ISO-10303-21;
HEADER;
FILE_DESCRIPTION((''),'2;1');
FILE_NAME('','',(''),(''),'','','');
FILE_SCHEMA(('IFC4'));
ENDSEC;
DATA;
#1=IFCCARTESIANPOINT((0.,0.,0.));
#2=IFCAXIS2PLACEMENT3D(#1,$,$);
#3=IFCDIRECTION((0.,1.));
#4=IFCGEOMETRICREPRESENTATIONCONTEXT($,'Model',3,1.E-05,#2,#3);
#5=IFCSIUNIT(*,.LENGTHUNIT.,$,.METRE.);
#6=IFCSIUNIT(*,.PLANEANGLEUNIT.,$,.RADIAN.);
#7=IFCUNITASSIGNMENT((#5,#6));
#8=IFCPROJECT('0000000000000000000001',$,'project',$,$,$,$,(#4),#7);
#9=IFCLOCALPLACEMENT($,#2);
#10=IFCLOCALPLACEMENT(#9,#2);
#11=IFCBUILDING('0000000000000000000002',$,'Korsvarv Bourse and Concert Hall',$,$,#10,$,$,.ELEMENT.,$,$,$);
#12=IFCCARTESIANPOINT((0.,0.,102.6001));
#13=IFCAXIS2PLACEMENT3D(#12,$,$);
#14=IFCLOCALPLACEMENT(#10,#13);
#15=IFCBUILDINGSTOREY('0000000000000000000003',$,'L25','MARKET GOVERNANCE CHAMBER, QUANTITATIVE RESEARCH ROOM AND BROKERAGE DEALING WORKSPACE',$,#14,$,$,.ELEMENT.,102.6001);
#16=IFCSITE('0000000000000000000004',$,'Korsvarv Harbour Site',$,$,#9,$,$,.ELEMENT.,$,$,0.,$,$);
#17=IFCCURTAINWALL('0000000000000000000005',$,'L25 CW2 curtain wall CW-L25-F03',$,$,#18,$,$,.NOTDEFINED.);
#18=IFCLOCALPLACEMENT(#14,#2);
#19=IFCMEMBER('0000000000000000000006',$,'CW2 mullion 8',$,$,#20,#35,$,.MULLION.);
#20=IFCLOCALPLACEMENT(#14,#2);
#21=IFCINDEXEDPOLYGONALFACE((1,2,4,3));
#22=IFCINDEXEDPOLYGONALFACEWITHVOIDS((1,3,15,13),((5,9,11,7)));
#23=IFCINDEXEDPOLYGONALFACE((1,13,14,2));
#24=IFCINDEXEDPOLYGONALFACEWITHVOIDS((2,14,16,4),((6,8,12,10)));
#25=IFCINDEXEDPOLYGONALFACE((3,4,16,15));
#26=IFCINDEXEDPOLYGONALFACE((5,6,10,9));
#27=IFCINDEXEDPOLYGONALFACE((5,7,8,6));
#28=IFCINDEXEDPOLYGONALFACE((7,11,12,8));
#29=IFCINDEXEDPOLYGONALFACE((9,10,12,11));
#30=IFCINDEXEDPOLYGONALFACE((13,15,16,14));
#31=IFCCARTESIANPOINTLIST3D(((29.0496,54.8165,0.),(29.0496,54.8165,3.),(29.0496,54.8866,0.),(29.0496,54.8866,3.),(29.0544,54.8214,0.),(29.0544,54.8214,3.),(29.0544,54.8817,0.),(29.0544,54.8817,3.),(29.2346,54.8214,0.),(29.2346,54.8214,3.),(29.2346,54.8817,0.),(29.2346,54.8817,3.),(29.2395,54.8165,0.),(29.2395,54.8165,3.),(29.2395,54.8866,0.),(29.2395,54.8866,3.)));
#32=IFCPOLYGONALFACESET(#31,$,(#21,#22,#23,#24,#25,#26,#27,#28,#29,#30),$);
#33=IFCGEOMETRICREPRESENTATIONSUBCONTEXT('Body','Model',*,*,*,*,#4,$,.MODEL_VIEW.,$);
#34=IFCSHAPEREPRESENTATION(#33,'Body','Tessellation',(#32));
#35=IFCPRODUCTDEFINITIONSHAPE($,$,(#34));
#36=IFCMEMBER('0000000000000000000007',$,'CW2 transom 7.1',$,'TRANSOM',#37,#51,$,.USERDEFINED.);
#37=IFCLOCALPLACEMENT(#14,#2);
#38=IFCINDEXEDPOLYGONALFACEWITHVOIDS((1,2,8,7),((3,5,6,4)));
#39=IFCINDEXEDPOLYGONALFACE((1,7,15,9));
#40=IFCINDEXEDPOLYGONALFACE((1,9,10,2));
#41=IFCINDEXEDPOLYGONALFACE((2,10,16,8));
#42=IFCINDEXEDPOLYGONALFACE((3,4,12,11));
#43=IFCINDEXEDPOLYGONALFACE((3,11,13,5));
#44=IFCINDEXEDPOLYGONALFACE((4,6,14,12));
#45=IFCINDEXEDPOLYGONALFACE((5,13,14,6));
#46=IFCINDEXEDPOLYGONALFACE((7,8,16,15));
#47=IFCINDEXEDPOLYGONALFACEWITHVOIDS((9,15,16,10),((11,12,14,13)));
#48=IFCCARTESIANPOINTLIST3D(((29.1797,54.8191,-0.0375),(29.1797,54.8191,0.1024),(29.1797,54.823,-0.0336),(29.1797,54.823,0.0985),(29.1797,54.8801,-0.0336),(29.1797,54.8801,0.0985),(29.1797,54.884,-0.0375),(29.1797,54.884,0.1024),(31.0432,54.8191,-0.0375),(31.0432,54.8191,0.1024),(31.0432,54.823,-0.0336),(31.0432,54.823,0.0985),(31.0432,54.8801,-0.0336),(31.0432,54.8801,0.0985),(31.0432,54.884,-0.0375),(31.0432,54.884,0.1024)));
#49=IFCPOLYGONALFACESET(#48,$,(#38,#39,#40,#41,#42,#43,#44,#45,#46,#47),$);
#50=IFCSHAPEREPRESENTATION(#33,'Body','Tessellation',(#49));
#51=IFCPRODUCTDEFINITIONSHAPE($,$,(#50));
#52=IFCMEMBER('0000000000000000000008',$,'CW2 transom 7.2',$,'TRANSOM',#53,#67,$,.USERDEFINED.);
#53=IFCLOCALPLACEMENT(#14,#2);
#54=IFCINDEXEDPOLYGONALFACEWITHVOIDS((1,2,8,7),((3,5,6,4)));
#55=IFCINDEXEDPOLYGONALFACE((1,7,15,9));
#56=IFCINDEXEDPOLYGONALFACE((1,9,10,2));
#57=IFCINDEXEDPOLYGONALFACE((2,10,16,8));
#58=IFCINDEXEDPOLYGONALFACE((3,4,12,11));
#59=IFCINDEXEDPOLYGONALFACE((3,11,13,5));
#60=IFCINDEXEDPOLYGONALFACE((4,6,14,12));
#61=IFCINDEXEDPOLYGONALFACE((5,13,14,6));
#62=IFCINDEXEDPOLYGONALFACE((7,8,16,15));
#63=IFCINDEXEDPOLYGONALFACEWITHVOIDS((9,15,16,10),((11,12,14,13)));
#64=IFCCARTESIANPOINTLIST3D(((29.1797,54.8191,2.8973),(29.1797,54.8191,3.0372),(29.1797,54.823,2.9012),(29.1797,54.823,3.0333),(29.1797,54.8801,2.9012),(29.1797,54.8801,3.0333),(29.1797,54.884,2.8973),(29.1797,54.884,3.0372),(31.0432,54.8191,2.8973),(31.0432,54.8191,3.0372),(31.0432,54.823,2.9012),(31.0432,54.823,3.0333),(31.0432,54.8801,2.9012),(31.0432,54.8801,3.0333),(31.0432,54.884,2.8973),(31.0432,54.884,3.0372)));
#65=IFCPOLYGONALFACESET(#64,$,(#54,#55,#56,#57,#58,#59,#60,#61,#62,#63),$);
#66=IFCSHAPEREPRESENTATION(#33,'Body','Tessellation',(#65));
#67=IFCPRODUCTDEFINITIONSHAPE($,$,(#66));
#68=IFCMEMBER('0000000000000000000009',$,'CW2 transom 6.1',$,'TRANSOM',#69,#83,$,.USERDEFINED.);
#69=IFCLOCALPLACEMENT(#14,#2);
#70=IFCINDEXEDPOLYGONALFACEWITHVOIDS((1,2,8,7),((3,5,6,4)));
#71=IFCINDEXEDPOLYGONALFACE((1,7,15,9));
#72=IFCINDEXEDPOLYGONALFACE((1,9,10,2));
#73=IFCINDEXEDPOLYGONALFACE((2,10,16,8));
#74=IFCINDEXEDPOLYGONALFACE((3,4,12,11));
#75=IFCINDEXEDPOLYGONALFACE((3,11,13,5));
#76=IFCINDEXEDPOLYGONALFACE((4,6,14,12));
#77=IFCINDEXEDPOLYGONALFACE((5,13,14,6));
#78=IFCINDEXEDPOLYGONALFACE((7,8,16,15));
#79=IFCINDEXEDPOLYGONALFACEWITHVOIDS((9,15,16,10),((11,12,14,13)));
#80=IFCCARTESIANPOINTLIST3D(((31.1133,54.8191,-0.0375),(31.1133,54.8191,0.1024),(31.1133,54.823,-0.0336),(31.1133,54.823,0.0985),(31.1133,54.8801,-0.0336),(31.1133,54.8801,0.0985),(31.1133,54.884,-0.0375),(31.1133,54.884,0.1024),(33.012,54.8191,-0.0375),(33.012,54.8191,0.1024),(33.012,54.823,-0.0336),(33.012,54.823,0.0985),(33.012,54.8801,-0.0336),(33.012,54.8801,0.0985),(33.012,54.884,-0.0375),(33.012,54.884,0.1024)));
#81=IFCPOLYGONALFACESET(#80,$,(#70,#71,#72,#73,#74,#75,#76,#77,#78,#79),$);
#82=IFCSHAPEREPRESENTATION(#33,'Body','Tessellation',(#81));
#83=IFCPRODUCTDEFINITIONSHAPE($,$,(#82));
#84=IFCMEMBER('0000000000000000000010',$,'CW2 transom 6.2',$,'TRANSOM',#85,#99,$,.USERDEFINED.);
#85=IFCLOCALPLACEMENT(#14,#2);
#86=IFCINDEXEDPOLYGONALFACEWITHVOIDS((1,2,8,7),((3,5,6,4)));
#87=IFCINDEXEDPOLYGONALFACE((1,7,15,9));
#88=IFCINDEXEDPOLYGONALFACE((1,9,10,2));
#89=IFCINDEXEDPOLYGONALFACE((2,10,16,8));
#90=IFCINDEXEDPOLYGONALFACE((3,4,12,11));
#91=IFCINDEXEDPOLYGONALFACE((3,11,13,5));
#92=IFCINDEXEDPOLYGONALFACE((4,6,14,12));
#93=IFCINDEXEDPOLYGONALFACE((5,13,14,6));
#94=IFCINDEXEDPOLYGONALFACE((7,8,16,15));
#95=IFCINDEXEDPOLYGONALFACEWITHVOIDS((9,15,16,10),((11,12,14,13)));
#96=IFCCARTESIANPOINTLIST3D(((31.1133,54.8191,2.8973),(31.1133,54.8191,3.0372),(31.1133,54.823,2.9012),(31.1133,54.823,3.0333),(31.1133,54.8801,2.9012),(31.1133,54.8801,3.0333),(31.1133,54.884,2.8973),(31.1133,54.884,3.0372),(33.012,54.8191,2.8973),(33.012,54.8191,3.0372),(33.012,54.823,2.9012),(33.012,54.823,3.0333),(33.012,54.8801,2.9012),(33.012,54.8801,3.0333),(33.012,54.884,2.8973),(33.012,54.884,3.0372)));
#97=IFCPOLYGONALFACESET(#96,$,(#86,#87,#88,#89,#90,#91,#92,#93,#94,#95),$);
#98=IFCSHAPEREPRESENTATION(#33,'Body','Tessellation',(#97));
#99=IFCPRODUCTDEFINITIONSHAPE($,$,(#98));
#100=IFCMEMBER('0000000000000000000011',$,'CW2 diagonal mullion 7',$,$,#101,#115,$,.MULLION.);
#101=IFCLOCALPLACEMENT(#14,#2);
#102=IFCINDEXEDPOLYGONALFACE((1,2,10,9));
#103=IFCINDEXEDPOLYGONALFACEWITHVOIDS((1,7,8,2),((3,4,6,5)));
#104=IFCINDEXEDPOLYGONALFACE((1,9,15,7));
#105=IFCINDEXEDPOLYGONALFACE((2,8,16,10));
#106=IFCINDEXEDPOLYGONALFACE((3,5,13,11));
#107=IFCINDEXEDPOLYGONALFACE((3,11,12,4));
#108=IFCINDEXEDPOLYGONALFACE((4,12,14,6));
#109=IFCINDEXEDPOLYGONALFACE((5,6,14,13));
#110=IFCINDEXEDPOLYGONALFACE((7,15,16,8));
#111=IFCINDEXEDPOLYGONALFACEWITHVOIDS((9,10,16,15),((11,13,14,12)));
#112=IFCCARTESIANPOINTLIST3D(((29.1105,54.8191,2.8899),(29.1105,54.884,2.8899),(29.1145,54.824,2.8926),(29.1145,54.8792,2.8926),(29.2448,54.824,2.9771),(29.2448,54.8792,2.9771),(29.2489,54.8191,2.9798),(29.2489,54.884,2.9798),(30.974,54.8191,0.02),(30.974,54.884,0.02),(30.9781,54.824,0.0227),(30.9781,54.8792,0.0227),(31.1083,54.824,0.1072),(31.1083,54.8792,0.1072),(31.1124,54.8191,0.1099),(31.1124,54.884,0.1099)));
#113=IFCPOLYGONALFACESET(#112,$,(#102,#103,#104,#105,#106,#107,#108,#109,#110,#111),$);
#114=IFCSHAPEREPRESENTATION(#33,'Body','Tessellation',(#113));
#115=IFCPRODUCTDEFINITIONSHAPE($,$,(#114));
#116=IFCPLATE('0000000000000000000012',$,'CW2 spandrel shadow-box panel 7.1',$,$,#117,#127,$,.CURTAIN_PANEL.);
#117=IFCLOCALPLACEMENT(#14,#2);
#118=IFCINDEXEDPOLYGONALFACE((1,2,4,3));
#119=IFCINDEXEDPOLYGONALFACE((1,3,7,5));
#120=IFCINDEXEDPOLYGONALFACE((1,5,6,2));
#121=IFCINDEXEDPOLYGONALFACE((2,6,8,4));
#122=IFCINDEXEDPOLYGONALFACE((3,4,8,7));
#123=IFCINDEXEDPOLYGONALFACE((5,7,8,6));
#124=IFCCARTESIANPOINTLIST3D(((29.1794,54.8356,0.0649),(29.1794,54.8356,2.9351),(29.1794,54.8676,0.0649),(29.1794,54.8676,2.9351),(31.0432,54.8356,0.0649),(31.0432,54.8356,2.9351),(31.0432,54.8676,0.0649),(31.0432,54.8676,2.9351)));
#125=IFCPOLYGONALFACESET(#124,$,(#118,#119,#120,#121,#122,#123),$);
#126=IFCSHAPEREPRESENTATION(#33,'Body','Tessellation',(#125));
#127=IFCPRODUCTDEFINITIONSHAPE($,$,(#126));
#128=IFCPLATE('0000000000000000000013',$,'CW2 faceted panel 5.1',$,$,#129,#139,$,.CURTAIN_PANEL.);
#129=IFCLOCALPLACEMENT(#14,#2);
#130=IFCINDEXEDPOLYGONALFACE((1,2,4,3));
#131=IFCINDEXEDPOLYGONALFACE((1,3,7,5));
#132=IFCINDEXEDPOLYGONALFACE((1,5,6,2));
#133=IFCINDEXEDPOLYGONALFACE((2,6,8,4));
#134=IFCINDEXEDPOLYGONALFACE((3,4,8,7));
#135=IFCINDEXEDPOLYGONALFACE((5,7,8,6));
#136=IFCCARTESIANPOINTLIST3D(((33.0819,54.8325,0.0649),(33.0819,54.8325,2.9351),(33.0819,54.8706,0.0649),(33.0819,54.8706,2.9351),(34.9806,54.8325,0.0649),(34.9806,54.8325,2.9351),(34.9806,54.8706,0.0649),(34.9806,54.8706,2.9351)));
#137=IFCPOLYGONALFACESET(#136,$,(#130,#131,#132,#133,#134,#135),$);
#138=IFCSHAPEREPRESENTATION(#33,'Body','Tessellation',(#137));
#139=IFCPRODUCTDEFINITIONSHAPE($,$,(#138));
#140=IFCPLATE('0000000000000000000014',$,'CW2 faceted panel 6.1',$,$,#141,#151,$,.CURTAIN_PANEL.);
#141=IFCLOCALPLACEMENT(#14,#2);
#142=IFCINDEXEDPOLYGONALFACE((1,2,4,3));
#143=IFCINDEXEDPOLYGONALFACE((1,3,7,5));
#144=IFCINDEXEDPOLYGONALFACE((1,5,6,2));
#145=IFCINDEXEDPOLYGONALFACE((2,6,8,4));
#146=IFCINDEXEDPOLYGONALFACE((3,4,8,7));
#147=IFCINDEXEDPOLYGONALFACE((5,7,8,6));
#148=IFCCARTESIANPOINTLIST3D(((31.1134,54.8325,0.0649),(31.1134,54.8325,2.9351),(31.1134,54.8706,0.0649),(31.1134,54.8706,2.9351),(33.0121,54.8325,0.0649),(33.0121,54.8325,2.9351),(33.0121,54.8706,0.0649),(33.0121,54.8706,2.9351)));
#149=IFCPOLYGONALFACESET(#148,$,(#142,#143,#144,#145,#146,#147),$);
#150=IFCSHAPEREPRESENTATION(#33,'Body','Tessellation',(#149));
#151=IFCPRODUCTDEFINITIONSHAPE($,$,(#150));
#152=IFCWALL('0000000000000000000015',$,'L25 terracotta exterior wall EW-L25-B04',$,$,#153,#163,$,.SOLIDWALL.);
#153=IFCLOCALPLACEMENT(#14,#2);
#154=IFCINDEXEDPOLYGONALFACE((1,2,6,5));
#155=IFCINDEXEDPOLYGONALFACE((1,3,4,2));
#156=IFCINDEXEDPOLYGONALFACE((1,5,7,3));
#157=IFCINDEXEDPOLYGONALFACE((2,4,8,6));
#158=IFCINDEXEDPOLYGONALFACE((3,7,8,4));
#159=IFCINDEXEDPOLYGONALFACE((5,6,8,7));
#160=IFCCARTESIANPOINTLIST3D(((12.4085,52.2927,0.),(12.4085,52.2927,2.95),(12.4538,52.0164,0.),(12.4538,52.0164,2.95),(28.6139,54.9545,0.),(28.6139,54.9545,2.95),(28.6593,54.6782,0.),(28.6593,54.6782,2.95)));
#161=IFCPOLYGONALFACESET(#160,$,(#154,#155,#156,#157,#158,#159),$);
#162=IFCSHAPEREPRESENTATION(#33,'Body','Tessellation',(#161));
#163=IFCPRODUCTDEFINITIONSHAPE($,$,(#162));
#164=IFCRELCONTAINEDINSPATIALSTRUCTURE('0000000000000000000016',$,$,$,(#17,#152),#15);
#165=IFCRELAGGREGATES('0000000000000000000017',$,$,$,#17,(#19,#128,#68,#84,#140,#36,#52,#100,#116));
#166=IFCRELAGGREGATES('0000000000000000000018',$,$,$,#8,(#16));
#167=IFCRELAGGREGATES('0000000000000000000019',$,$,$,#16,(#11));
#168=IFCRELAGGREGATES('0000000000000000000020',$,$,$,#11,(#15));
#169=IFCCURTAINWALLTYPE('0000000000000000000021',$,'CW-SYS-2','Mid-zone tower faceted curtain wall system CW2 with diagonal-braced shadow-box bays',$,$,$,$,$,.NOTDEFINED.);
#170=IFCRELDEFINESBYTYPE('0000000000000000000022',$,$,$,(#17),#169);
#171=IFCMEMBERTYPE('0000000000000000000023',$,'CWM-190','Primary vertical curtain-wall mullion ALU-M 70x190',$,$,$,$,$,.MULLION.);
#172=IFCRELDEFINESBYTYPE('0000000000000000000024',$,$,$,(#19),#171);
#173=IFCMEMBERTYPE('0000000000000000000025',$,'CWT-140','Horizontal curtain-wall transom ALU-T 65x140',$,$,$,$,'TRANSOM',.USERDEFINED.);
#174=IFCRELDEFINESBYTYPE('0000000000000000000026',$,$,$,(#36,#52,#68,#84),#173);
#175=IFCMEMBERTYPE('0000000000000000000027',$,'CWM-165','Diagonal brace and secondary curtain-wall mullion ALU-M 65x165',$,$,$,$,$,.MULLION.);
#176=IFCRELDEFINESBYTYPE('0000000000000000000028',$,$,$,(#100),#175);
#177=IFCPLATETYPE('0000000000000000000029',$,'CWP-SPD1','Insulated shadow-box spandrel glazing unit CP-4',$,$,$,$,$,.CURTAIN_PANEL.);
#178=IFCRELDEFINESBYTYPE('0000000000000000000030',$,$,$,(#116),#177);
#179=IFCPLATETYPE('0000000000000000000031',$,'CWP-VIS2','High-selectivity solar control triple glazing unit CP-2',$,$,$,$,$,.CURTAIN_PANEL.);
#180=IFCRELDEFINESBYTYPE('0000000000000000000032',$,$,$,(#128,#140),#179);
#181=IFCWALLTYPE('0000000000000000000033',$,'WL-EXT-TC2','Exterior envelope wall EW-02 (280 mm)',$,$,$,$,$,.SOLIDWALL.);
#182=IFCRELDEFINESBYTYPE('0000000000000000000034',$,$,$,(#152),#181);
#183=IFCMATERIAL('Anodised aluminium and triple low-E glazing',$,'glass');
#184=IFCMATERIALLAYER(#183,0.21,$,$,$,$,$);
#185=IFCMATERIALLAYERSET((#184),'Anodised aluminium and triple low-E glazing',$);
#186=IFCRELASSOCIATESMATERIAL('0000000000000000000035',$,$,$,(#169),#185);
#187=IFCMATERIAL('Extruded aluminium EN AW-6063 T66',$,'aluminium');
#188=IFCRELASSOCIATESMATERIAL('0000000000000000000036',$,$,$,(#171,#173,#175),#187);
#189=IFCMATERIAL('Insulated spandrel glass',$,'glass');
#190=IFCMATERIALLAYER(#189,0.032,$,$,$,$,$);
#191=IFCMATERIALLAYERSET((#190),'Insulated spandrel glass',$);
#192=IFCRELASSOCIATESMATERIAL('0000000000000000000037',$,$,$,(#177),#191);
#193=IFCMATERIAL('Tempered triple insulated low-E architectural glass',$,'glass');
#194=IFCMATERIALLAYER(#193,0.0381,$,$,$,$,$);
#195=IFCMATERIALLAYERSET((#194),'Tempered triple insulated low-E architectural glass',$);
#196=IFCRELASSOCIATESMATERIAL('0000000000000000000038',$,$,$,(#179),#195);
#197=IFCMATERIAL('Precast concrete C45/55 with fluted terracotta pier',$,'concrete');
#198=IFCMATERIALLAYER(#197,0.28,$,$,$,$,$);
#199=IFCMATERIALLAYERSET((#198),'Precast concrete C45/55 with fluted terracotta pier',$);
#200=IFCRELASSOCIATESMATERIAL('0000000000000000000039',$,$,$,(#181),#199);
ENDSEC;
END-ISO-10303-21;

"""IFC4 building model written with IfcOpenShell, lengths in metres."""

from ifc_helpers import new_model, si_unit, direction, frame, frame_2d, origin, origin_2d, place, context, subcontext, project, spatial, rectangle, hollow_rectangle, extrude, source, transform, mapped, material, layer, layer_set, material_profile, profile_set, type_object, element, aggregate, save


model = new_model("IFC4")

# Units and contexts
model_context = context("Model", 3, precision=1e-05, world=origin(), true_north=direction((0.0, 1.0)))
body_context = subcontext(model_context, "Body", "Model", "MODEL_VIEW")
ifc_project = project(units=[si_unit("LENGTHUNIT", "METRE"), si_unit("PLANEANGLEUNIT", "RADIAN")], contexts=[model_context])

# Site, building, storey
site_placement = place(None, origin())
site = spatial("IfcSite", under=ifc_project, at=site_placement, Name="Korsvarv Harbour Site", CompositionType="ELEMENT", RefElevation=0.0)
building_placement = place(site_placement, origin())
building = spatial("IfcBuilding", under=site, at=building_placement, Name="Korsvarv Bourse and Concert Hall", CompositionType="ELEMENT")
storey_placement = place(building_placement, frame((0.0, 0.0, 102.6001)))
storey = spatial("IfcBuildingStorey", under=building, at=storey_placement, Name="L25", Description="MARKET GOVERNANCE CHAMBER, QUANTITATIVE RESEARCH ROOM AND BROKERAGE DEALING WORKSPACE", CompositionType="ELEMENT", Elevation=102.6001)

# Curtain wall, members, plates
ifc_material_1 = material(Name="Anodised aluminium and triple low-E glazing", Category="glass")
ifc_layer_1 = layer(ifc_material_1, 0.21)
ifc_layer_set_1 = layer_set([ifc_layer_1], Name="Anodised aluminium and triple low-E glazing")
curtain_wall_type = type_object("IfcCurtainWallType", Name="CW-SYS-2", Description="Mid-zone tower faceted curtain wall system CW2 with diagonal-braced shadow-box bays", PredefinedType="NOTDEFINED", material=ifc_layer_set_1)
curtain_wall_placement = place(storey_placement, origin())
curtain_wall = element("IfcCurtainWall", 1, at=curtain_wall_placement, inside=storey, type_object=curtain_wall_type, Name="L25 CW2 curtain wall CW-L25-F03", PredefinedType="NOTDEFINED")
ifc_material_2 = material(Name="Extruded aluminium EN AW-6063 T66", Category="aluminium")
ifc_material_profile_1 = material_profile(ifc_material_2, hollow_rectangle(XDim=0.0701, YDim=0.1899, WallThickness=0.0049, at=origin_2d()), Name="ALU-M 70x190")
ifc_profile_set_1 = profile_set([ifc_material_profile_1], Name="Extruded aluminium EN AW-6063 T66")
member_type_1 = type_object("IfcMemberType", Name="CWM-190", Description="Primary vertical curtain-wall mullion ALU-M 70x190", PredefinedType="MULLION", material=ifc_profile_set_1)
shared_shape_1 = source(origin(), body_context, "Body", "SweptSolid", [
    extrude(hollow_rectangle(XDim=0.0701, YDim=0.1899, WallThickness=0.0049, at=origin_2d()), origin(), (0.0, 0.0, 1.0), 3.0),
])
member_1_placement = place(storey_placement, frame((29.1445, 54.8516, 0.0), z_axis=(0.0, 0.0, 1.0), x_axis=(0.0, -1.0, 0.0)))
member_1 = element("IfcMember", 2, at=member_1_placement, type_object=member_type_1, Name="CW2 mullion 8", PredefinedType="MULLION", context=body_context, shape_type="MappedRepresentation", body=[
    mapped(shared_shape_1, transform((0.0, 0.0, 0.0), scale=1.0)),
])
ifc_material_profile_2 = material_profile(ifc_material_2, hollow_rectangle(XDim=0.0649, YDim=0.1399, WallThickness=0.0039, at=origin_2d()), Name="ALU-T 65x140")
ifc_profile_set_2 = profile_set([ifc_material_profile_2], Name="Extruded aluminium EN AW-6063 T66")
member_type_2 = type_object("IfcMemberType", Name="CWT-140", Description="Horizontal curtain-wall transom ALU-T 65x140", ElementType="TRANSOM", PredefinedType="USERDEFINED", material=ifc_profile_set_2)
shared_shape_2 = source(origin(), body_context, "Body", "SweptSolid", [
    extrude(hollow_rectangle(XDim=0.0649, YDim=0.1399, WallThickness=0.0039, at=origin_2d()), origin(), (0.0, 0.0, 1.0), 1.8635),
])
member_2_placement = place(storey_placement, frame((31.0432, 54.8516, 0.0325), z_axis=(-1.0, 0.0, 0.0), x_axis=(0.0, -1.0, 0.0)))
member_2 = element("IfcMember", 3, at=member_2_placement, type_object=member_type_2, Name="CW2 transom 7.1", ObjectType="TRANSOM", PredefinedType="USERDEFINED", context=body_context, shape_type="MappedRepresentation", body=[
    mapped(shared_shape_2, transform((0.0, 0.0, 0.0), scale=1.0)),
])
member_3_placement = place(storey_placement, frame((31.0432, 54.8516, 2.9673), z_axis=(-1.0, 0.0, 0.0), x_axis=(0.0, -1.0, 0.0)))
member_3 = element("IfcMember", 4, at=member_3_placement, type_object=member_type_2, Name="CW2 transom 7.2", ObjectType="TRANSOM", PredefinedType="USERDEFINED", context=body_context, shape_type="MappedRepresentation", body=[
    mapped(shared_shape_2, transform((0.0, 0.0, 0.0), scale=1.0)),
])
shared_shape_3 = source(origin(), body_context, "Body", "SweptSolid", [
    extrude(hollow_rectangle(XDim=0.0649, YDim=0.1399, WallThickness=0.0039, at=origin_2d()), origin(), (0.0, 0.0, 1.0), 1.8987),
])
member_4_placement = place(storey_placement, frame((33.012, 54.8516, 0.0325), z_axis=(-1.0, 0.0, 0.0), x_axis=(0.0, -1.0, 0.0)))
member_4 = element("IfcMember", 5, at=member_4_placement, type_object=member_type_2, Name="CW2 transom 6.1", ObjectType="TRANSOM", PredefinedType="USERDEFINED", context=body_context, shape_type="MappedRepresentation", body=[
    mapped(shared_shape_3, transform((0.0, 0.0, 0.0), scale=1.0)),
])
member_5_placement = place(storey_placement, frame((33.012, 54.8516, 2.9673), z_axis=(-1.0, 0.0, 0.0), x_axis=(0.0, -1.0, 0.0)))
member_5 = element("IfcMember", 6, at=member_5_placement, type_object=member_type_2, Name="CW2 transom 6.2", ObjectType="TRANSOM", PredefinedType="USERDEFINED", context=body_context, shape_type="MappedRepresentation", body=[
    mapped(shared_shape_3, transform((0.0, 0.0, 0.0), scale=1.0)),
])
ifc_material_profile_3 = material_profile(ifc_material_2, hollow_rectangle(XDim=0.0649, YDim=0.165, WallThickness=0.0049, at=origin_2d()), Name="ALU-M 65x165")
ifc_profile_set_3 = profile_set([ifc_material_profile_3], Name="Extruded aluminium EN AW-6063 T66")
member_type_3 = type_object("IfcMemberType", Name="CWM-165", Description="Diagonal brace and secondary curtain-wall mullion ALU-M 65x165", PredefinedType="MULLION", material=ifc_profile_set_3)
shared_shape_4 = source(origin(), body_context, "Body", "SweptSolid", [
    extrude(hollow_rectangle(XDim=0.0649, YDim=0.165, WallThickness=0.0049, at=origin_2d()), origin(), (0.0, 0.0, 1.0), 3.4219),
])
member_6_placement = place(storey_placement, frame((31.0432, 54.8516, 0.0649), z_axis=(-0.5446, 0.0, 0.838696), x_axis=(0.0, -1.0, 0.0)))
member_6 = element("IfcMember", 7, at=member_6_placement, type_object=member_type_3, Name="CW2 diagonal mullion 7", PredefinedType="MULLION", context=body_context, shape_type="MappedRepresentation", body=[
    mapped(shared_shape_4, transform((0.0, 0.0, 0.0), scale=1.0)),
])
ifc_material_3 = material(Name="Insulated spandrel glass", Category="glass")
ifc_layer_2 = layer(ifc_material_3, 0.032)
ifc_layer_set_2 = layer_set([ifc_layer_2], Name="Insulated spandrel glass")
plate_type_1 = type_object("IfcPlateType", Name="CWP-SPD1", Description="Insulated shadow-box spandrel glazing unit CP-4", PredefinedType="CURTAIN_PANEL", material=ifc_layer_set_2)
shared_shape_5 = source(origin(), body_context, "Body", "SweptSolid", [
    extrude(rectangle(XDim=1.8638, YDim=0.032, at=origin_2d()), origin(), (0.0, 0.0, 1.0), 2.8701),
])
plate_1_placement = place(storey_placement, frame((30.1113, 54.8516, 0.0649), z_axis=(0.0, 0.0, 1.0), x_axis=(-1.0, 0.0, 0.0)))
plate_1 = element("IfcPlate", 8, at=plate_1_placement, type_object=plate_type_1, Name="CW2 spandrel shadow-box panel 7.1", PredefinedType="CURTAIN_PANEL", context=body_context, shape_type="MappedRepresentation", body=[
    mapped(shared_shape_5, transform((0.0, 0.0, 0.0), scale=1.0)),
])
ifc_material_4 = material(Name="Tempered triple insulated low-E architectural glass", Category="glass")
ifc_layer_3 = layer(ifc_material_4, 0.0381)
ifc_layer_set_3 = layer_set([ifc_layer_3], Name="Tempered triple insulated low-E architectural glass")
plate_type_2 = type_object("IfcPlateType", Name="CWP-VIS2", Description="High-selectivity solar control triple glazing unit CP-2", PredefinedType="CURTAIN_PANEL", material=ifc_layer_set_3)
shared_shape_6 = source(origin(), body_context, "Body", "SweptSolid", [
    extrude(rectangle(XDim=1.8987, YDim=0.0381, at=origin_2d()), origin(), (0.0, 0.0, 1.0), 2.8701),
])
plate_2_placement = place(storey_placement, frame((34.0312, 54.8516, 0.0649), z_axis=(0.0, 0.0, 1.0), x_axis=(-1.0, 0.0, 0.0)))
plate_2 = element("IfcPlate", 9, at=plate_2_placement, type_object=plate_type_2, Name="CW2 faceted panel 5.1", PredefinedType="CURTAIN_PANEL", context=body_context, shape_type="MappedRepresentation", body=[
    mapped(shared_shape_6, transform((0.0, 0.0, 0.0), scale=1.0)),
])
plate_3_placement = place(storey_placement, frame((32.0627, 54.8516, 0.0649), z_axis=(0.0, 0.0, 1.0), x_axis=(-1.0, 0.0, 0.0)))
plate_3 = element("IfcPlate", 10, at=plate_3_placement, type_object=plate_type_2, Name="CW2 faceted panel 6.1", PredefinedType="CURTAIN_PANEL", context=body_context, shape_type="MappedRepresentation", body=[
    mapped(shared_shape_6, transform((0.0, 0.0, 0.0), scale=1.0)),
])
aggregate(curtain_wall, [member_1, plate_2, member_4, member_5, plate_3, member_2, member_3, member_6, plate_1])

# Wall
ifc_material_5 = material(Name="Precast concrete C45/55 with fluted terracotta pier", Category="concrete")
ifc_layer_4 = layer(ifc_material_5, 0.28)
ifc_layer_set_4 = layer_set([ifc_layer_4], Name="Precast concrete C45/55 with fluted terracotta pier")
wall_type_1 = type_object("IfcWallType", Name="WL-EXT-TC2", Description="Exterior envelope wall EW-02 (280 mm)", PredefinedType="SOLIDWALL", material=ifc_layer_set_4)
wall_1_placement = place(storey_placement, frame((28.6367, 54.8164, 0.0), z_axis=(0.0, 0.0, 1.0), x_axis=(-0.986777, -0.162084, 0.0)))
element("IfcWall", 11, at=wall_1_placement, inside=storey, type_object=wall_type_1, Name="L25 terracotta exterior wall EW-L25-B04", PredefinedType="SOLIDWALL", context=body_context, shape_type="SweptSolid", body=[
    extrude(rectangle(XDim=16.4226, YDim=0.28, at=frame_2d((8.2114, 0.0))), origin(), (0.0, 0.0, 1.0), 2.95),
])

save(model, "model.ifc")
